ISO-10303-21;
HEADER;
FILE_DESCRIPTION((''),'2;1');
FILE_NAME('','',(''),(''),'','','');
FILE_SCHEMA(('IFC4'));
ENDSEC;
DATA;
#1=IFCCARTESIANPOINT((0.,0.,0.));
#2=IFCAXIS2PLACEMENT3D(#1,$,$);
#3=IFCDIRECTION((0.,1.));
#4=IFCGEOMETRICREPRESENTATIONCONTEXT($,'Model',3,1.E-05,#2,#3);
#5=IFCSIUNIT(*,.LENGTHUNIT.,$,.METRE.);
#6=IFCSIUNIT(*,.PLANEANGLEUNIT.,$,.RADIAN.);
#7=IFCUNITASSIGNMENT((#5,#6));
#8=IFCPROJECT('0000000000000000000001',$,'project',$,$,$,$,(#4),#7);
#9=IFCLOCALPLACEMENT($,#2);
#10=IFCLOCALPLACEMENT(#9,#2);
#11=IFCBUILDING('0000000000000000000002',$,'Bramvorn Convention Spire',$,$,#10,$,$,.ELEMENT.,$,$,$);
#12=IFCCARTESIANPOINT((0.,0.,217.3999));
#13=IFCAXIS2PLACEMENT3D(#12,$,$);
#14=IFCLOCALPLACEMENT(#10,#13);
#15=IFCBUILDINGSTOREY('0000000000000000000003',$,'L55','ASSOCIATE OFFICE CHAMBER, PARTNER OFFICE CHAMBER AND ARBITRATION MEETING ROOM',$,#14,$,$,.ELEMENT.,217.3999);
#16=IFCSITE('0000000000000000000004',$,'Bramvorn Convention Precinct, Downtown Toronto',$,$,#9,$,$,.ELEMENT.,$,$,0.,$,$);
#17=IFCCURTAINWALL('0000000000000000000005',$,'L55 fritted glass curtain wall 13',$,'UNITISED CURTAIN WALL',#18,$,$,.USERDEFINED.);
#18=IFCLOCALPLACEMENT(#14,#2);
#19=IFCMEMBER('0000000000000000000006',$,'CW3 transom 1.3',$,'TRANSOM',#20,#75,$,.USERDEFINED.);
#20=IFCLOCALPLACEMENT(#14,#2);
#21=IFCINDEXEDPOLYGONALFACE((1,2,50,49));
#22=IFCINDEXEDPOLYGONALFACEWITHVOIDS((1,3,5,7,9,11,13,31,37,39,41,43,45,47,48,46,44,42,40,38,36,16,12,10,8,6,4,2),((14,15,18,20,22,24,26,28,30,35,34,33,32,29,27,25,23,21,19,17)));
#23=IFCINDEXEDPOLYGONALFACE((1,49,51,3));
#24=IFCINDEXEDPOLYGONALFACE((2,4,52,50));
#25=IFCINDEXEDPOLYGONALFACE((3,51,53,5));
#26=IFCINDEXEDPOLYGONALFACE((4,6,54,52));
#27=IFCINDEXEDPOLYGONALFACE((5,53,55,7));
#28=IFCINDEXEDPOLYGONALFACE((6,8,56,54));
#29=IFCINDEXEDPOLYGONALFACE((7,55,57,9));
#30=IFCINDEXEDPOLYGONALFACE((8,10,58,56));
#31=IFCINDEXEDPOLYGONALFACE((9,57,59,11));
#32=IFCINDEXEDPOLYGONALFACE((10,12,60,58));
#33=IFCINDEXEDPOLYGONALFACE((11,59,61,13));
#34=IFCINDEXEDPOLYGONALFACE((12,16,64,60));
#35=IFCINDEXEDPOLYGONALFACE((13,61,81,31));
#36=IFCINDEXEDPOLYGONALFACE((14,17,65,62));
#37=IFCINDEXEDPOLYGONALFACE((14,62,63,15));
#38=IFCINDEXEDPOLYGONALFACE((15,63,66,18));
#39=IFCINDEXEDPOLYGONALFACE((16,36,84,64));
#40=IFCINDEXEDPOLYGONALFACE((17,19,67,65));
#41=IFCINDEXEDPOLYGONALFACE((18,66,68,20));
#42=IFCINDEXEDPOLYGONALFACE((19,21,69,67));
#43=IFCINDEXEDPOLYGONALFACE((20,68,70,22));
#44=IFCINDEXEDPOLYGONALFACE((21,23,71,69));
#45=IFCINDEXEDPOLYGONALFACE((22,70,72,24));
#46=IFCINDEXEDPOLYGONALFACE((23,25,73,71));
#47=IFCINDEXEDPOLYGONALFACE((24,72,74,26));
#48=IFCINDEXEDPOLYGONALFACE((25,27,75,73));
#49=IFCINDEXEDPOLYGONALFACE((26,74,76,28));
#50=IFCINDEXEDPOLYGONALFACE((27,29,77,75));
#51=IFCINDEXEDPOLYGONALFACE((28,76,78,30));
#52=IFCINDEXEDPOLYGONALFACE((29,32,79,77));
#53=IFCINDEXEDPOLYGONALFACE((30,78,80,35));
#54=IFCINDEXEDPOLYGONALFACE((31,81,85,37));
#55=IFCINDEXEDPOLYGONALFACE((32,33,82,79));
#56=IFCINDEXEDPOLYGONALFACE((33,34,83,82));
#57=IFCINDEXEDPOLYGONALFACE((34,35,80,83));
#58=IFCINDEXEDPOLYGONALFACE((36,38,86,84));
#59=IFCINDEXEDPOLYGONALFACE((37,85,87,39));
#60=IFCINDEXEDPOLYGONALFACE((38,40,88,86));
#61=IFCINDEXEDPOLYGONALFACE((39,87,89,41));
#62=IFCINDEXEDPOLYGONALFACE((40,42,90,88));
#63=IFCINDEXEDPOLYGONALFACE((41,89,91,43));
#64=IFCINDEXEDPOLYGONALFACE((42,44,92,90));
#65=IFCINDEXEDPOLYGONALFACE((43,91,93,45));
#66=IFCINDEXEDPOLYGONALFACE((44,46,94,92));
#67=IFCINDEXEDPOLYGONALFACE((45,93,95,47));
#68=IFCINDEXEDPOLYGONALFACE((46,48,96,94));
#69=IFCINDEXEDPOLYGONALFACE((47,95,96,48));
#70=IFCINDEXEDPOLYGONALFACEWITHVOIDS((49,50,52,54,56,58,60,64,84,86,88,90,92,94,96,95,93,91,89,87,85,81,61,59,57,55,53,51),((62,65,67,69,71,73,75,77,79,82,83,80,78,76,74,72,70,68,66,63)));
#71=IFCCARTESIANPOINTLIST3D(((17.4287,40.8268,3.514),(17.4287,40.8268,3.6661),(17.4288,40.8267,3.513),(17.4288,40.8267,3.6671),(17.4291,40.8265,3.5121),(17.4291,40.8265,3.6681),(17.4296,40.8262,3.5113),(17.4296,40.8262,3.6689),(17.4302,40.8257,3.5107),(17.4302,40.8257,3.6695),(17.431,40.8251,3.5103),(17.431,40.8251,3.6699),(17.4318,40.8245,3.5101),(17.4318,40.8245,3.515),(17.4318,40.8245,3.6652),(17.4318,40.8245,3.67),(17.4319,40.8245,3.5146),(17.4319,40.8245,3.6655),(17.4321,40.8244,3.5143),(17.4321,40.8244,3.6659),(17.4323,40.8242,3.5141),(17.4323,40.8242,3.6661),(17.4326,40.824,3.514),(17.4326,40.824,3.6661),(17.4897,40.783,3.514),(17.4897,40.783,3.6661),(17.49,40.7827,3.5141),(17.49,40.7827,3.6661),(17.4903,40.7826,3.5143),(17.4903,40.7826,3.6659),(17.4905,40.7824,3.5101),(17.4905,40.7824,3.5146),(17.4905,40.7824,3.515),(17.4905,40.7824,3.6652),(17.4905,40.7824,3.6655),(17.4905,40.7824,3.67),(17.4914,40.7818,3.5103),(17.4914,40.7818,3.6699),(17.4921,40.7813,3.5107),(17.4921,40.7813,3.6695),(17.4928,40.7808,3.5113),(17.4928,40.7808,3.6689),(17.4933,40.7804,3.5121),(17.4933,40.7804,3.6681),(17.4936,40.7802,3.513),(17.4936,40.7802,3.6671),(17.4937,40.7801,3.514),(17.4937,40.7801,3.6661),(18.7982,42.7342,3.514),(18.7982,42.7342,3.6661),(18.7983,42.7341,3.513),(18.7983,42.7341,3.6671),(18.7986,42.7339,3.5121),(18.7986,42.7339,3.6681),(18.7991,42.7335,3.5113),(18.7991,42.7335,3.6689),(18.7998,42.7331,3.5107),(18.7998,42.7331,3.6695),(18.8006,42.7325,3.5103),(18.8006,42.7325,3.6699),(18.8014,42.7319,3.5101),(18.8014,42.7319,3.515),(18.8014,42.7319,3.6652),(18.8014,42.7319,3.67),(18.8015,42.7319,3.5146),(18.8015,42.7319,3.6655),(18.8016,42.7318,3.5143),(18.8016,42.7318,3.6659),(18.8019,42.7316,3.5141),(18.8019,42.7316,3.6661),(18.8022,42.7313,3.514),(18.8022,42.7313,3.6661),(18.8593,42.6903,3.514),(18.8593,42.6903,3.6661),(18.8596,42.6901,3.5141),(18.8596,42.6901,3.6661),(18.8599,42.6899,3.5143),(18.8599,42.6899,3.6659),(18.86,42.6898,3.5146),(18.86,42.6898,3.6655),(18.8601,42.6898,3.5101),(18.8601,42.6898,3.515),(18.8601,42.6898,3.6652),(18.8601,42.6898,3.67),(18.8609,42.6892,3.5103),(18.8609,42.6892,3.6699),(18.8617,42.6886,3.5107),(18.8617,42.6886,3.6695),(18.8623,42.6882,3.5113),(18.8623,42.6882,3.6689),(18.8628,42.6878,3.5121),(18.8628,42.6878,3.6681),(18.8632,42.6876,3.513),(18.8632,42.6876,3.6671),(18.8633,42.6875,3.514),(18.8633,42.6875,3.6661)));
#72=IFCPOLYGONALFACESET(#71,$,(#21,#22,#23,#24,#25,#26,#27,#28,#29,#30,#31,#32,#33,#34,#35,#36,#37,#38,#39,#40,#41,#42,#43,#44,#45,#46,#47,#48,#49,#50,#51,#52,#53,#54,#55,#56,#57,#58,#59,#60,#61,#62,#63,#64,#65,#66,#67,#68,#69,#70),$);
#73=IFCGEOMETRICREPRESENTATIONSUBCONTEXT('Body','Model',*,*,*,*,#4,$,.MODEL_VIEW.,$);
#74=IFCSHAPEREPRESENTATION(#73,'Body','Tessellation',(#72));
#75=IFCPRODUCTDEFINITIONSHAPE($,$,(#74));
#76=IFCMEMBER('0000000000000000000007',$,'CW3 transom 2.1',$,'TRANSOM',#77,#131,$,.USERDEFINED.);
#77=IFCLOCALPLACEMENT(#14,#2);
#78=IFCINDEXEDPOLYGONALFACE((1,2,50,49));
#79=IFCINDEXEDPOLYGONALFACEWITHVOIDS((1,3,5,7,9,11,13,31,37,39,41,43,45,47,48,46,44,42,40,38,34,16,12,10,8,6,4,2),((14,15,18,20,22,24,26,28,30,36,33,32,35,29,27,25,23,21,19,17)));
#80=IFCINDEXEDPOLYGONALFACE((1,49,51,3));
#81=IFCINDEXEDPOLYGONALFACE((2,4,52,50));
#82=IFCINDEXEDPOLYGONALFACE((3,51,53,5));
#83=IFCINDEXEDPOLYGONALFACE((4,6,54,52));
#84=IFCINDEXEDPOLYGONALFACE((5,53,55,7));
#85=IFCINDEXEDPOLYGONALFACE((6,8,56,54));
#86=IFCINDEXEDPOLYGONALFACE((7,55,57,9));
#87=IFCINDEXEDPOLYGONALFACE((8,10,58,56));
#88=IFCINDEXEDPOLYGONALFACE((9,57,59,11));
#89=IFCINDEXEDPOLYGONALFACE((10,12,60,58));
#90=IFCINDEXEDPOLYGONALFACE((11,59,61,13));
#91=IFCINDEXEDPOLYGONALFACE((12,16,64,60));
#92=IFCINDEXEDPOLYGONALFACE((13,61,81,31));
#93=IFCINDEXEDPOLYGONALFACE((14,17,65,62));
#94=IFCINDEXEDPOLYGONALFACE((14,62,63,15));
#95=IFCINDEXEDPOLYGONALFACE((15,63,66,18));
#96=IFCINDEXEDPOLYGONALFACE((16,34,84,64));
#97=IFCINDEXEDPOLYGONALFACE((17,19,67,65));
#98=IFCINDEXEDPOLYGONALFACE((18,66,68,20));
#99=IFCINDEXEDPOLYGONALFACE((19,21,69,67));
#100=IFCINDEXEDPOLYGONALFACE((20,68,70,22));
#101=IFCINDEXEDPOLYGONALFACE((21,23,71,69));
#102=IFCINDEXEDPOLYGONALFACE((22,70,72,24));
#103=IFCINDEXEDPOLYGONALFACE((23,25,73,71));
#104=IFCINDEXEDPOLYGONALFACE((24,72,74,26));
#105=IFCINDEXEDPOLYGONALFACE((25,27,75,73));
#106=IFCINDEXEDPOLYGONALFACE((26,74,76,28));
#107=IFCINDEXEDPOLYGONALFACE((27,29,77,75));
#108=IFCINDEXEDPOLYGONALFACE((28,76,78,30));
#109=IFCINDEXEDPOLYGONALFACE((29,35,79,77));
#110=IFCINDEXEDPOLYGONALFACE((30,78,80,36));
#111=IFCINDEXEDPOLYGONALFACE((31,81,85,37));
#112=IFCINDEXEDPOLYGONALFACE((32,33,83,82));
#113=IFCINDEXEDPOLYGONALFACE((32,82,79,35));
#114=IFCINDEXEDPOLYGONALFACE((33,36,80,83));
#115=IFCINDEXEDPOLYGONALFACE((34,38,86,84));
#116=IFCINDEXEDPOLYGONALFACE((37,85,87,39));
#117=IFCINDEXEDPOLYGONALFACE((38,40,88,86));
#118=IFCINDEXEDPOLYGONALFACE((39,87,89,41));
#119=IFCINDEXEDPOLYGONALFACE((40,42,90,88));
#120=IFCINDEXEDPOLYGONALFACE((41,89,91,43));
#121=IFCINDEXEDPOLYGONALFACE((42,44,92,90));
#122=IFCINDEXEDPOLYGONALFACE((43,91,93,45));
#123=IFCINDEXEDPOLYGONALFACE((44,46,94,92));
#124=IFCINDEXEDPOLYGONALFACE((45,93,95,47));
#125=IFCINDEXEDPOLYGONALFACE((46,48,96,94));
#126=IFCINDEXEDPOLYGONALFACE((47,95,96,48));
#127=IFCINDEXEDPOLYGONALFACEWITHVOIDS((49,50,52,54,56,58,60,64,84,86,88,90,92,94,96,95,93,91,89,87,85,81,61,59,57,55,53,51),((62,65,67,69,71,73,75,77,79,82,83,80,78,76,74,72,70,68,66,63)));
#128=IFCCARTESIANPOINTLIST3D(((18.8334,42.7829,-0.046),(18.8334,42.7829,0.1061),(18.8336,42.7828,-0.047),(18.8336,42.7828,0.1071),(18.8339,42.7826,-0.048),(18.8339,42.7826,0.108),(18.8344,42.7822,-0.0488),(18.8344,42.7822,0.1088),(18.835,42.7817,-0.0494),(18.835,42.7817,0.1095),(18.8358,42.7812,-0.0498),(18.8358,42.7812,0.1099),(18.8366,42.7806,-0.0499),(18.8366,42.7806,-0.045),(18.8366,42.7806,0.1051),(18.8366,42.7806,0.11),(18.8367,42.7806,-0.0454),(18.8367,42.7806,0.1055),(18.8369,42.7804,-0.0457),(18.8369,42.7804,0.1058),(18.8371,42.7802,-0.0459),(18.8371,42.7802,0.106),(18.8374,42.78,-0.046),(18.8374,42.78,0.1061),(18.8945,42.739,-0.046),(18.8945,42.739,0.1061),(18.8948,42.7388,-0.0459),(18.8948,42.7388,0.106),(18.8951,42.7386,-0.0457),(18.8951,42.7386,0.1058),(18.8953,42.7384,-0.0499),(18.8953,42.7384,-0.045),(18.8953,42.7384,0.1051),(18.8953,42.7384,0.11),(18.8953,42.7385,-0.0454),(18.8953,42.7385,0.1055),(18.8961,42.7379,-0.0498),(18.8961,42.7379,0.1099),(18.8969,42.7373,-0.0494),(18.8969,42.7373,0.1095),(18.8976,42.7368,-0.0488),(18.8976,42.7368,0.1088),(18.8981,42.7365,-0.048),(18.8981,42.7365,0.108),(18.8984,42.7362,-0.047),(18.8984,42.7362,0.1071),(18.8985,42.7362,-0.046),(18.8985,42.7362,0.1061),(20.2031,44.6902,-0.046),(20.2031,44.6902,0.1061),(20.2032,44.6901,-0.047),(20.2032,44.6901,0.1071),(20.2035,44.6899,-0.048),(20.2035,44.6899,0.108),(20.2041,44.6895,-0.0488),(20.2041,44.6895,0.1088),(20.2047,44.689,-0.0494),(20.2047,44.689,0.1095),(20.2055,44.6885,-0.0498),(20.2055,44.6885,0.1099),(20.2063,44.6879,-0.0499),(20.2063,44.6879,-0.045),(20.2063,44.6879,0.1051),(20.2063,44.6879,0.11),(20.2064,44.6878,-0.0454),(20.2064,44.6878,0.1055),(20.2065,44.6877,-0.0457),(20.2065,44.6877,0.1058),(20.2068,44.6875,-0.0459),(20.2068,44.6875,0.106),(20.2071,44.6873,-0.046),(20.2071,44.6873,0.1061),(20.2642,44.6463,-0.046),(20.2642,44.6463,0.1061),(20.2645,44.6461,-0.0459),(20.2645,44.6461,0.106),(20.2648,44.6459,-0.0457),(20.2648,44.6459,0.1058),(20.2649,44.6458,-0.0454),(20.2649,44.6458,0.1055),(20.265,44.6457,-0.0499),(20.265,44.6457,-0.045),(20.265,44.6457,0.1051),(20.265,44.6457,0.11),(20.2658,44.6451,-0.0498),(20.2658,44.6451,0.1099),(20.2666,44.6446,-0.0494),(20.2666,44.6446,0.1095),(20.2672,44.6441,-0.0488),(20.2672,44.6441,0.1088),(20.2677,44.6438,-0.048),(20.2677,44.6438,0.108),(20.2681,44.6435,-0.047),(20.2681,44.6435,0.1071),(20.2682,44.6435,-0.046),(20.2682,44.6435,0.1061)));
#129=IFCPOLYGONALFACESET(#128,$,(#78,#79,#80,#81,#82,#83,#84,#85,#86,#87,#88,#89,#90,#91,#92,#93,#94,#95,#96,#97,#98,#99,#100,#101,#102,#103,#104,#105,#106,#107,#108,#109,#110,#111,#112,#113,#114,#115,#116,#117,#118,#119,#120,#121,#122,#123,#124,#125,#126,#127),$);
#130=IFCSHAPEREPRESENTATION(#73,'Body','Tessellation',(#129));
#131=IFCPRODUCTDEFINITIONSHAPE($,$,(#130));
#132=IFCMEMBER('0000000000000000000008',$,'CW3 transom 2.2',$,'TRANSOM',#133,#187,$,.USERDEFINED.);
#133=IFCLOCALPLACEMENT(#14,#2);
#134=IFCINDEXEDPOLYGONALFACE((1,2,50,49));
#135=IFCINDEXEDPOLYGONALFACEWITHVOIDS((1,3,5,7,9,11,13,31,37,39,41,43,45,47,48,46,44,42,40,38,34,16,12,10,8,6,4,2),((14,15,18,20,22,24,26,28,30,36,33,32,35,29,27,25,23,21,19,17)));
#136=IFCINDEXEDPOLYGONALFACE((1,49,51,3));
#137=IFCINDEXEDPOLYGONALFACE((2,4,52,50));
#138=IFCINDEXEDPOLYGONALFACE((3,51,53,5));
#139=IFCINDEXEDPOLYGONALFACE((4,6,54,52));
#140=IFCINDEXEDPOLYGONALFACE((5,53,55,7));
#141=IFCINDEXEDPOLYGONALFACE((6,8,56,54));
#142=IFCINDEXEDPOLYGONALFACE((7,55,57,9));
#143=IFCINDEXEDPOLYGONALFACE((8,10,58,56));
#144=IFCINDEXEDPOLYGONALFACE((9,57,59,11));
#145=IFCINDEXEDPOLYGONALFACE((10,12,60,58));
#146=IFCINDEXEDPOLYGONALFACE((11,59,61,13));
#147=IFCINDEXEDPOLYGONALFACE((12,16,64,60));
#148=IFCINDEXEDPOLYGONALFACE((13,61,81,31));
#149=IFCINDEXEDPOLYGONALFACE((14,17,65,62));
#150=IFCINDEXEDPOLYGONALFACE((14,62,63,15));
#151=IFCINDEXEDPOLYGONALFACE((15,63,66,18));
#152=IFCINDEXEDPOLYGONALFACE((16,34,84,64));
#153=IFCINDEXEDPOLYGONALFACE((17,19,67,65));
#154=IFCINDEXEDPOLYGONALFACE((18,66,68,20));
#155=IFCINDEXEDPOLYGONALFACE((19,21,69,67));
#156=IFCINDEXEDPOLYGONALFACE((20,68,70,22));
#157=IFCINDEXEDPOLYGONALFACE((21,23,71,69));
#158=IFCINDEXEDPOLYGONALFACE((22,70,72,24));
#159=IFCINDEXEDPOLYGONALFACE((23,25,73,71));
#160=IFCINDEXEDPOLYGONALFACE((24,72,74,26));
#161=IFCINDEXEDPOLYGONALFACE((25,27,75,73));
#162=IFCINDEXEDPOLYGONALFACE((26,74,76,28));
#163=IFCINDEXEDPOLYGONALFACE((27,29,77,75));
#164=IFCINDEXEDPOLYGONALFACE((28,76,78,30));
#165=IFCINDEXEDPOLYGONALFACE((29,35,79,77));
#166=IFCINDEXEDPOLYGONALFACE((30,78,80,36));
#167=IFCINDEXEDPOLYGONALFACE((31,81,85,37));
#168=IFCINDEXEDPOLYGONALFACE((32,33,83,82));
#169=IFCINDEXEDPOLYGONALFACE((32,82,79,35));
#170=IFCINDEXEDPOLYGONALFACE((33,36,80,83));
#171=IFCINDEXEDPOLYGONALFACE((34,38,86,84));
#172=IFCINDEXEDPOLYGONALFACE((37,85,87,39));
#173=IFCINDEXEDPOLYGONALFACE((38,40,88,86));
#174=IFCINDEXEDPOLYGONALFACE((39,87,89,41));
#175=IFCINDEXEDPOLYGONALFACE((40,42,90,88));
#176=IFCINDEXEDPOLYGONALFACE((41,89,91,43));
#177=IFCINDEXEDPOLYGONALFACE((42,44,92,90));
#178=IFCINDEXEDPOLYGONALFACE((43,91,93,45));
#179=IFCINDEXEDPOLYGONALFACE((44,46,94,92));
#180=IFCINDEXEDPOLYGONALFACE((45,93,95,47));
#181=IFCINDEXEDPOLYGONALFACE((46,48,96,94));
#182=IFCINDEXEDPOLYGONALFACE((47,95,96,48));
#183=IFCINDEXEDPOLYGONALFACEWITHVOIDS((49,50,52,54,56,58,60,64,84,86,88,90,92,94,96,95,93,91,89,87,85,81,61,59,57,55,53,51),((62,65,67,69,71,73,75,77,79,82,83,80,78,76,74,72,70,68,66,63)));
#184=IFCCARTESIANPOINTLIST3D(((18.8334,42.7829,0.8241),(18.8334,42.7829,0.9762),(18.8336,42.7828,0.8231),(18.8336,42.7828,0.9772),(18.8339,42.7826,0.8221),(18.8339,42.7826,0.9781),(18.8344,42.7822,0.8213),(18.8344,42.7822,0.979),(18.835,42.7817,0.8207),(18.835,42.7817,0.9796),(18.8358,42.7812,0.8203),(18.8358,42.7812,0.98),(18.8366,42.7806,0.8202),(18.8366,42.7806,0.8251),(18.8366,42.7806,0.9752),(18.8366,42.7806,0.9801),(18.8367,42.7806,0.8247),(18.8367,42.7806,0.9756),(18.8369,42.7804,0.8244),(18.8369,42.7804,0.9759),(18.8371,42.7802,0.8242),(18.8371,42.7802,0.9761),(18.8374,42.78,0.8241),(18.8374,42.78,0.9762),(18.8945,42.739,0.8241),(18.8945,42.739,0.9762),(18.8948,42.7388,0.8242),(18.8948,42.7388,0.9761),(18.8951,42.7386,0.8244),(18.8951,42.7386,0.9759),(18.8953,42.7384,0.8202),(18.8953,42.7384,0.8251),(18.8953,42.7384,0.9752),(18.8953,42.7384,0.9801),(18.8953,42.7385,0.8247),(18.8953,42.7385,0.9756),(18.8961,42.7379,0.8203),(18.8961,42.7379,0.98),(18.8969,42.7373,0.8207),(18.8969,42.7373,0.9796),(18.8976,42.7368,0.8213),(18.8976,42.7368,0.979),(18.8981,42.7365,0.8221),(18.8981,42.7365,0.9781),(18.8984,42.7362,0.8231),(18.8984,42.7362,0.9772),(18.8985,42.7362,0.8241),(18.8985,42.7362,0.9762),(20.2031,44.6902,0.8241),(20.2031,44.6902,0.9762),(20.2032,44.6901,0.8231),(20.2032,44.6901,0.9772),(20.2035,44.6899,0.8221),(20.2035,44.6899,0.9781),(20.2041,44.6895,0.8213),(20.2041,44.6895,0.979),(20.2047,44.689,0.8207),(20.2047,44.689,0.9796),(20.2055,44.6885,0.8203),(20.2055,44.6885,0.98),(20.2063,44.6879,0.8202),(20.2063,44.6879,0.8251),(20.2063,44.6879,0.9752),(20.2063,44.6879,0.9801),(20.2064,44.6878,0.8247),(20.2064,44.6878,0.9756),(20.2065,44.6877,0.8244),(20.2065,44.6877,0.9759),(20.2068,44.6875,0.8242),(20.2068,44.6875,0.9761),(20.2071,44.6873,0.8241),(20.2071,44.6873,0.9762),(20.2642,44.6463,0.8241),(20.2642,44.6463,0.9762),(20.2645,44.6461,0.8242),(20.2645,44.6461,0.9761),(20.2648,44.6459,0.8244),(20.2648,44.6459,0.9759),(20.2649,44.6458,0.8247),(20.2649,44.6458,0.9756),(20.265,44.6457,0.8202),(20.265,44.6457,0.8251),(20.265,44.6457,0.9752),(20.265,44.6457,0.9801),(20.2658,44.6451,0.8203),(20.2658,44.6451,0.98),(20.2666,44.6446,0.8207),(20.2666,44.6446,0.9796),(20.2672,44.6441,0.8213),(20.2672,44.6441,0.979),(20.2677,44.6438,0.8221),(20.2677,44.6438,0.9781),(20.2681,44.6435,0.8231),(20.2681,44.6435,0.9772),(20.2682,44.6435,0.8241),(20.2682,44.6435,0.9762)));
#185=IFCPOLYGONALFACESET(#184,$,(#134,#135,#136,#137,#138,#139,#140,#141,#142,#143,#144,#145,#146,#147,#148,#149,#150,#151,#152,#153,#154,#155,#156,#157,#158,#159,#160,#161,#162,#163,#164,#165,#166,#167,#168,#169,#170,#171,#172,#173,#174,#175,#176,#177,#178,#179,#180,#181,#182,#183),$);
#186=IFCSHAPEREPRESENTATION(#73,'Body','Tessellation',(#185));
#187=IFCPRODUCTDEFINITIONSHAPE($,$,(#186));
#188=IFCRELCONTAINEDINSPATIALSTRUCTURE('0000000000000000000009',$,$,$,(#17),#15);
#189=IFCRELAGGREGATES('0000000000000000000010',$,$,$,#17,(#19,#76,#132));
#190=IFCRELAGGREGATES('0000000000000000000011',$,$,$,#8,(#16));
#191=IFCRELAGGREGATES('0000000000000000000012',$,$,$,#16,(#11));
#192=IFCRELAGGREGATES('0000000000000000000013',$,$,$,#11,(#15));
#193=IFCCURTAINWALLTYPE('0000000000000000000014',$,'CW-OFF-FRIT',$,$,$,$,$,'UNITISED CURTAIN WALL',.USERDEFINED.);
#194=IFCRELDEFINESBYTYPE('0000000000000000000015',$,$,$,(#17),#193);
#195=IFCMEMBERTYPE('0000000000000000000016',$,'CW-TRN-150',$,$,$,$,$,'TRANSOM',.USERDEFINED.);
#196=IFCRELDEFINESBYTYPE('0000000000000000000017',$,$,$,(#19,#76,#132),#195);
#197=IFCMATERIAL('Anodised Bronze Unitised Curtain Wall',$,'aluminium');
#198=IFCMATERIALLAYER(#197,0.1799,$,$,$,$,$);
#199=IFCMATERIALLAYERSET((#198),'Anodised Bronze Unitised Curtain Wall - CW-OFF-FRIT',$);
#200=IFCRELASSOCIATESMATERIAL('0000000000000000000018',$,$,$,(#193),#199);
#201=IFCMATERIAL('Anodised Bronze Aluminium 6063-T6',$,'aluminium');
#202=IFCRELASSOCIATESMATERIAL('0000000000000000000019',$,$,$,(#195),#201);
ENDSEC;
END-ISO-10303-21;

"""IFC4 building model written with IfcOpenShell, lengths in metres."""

from ifc_helpers import new_model, si_unit, direction, frame, origin, origin_2d, place, context, subcontext, project, spatial, hollow_rectangle, extrude, material, layer, layer_set, material_profile, profile_set, type_object, element, aggregate, save


model = new_model("IFC4")

# Units and contexts
model_context = context("Model", 3, precision=1e-05, world=origin(), true_north=direction((0.0, 1.0)))
body_context = subcontext(model_context, "Body", "Model", "MODEL_VIEW")
ifc_project = project(units=[si_unit("LENGTHUNIT", "METRE"), si_unit("PLANEANGLEUNIT", "RADIAN")], contexts=[model_context])

# Site, building, storey
site_placement = place(None, origin())
site = spatial("IfcSite", under=ifc_project, at=site_placement, Name="Bramvorn Convention Precinct, Downtown Toronto", CompositionType="ELEMENT", RefElevation=0.0)
building_placement = place(site_placement, origin())
building = spatial("IfcBuilding", under=site, at=building_placement, Name="Bramvorn Convention Spire", CompositionType="ELEMENT")
storey_placement = place(building_placement, frame((0.0, 0.0, 217.3999)))
storey = spatial("IfcBuildingStorey", under=building, at=storey_placement, Name="L55", Description="ASSOCIATE OFFICE CHAMBER, PARTNER OFFICE CHAMBER AND ARBITRATION MEETING ROOM", CompositionType="ELEMENT", Elevation=217.3999)

# Curtain wall
ifc_material_1 = material(Name="Anodised Bronze Unitised Curtain Wall", Category="aluminium")
ifc_layer_1 = layer(ifc_material_1, 0.1799)
ifc_layer_set_1 = layer_set([ifc_layer_1], Name="Anodised Bronze Unitised Curtain Wall - CW-OFF-FRIT")
curtain_wall_type = type_object("IfcCurtainWallType", Name="CW-OFF-FRIT", ElementType="UNITISED CURTAIN WALL", PredefinedType="USERDEFINED", material=ifc_layer_set_1)
curtain_wall_1_placement = place(storey_placement, origin())
curtain_wall_1 = element("IfcCurtainWall", 1, at=curtain_wall_1_placement, inside=storey, type_object=curtain_wall_type, Name="L55 fritted glass curtain wall 13", ObjectType="UNITISED CURTAIN WALL", PredefinedType="USERDEFINED")
ifc_material_2 = material(Name="Anodised Bronze Aluminium 6063-T6", Category="aluminium")

# Members
ifc_material_profile_1 = material_profile(ifc_material_2, hollow_rectangle(XDim=0.0801, YDim=0.1599, WallThickness=0.0039, InnerFilletRadius=0.001, OuterFilletRadius=0.0039, at=origin_2d()))
ifc_profile_set_1 = profile_set([ifc_material_profile_1], Name="Anodised Bronze Aluminium 6063-T6 - CWT80X160")
member_type_1 = type_object("IfcMemberType", Name="CW-TRN-150", ElementType="TRANSOM", PredefinedType="USERDEFINED", material=ifc_profile_set_1)
member_1_placement = place(storey_placement, frame((17.4612, 40.8035, 3.5901), z_axis=(0.583253, 0.812291, 0.0), x_axis=(-0.812291, 0.583253, 0.0)))
member_1 = element("IfcMember", 2, at=member_1_placement, type_object=member_type_1, Name="CW3 transom 1.3", ObjectType="TRANSOM", PredefinedType="USERDEFINED", context=body_context, shape_type="SweptSolid", body=[
    extrude(hollow_rectangle(XDim=0.0801, YDim=0.1599, WallThickness=0.0039, InnerFilletRadius=0.001, OuterFilletRadius=0.0039, at=origin_2d()), origin(), (0.0, 0.0, 1.0), 2.3481),
])
member_2_placement = place(storey_placement, frame((18.866, 42.7595, 0.03), z_axis=(0.583302, 0.812256, 0.0), x_axis=(-0.812256, 0.583302, 0.0)))
member_2 = element("IfcMember", 3, at=member_2_placement, type_object=member_type_1, Name="CW3 transom 2.1", ObjectType="TRANSOM", PredefinedType="USERDEFINED", context=body_context, shape_type="SweptSolid", body=[
    extrude(hollow_rectangle(XDim=0.0801, YDim=0.1599, WallThickness=0.0039, InnerFilletRadius=0.001, OuterFilletRadius=0.0039, at=origin_2d()), origin(), (0.0, 0.0, 1.0), 2.3481),
])
member_3_placement = place(storey_placement, frame((18.866, 42.7595, 0.9001), z_axis=(0.583302, 0.812256, 0.0), x_axis=(-0.812256, 0.583302, 0.0)))
member_3 = element("IfcMember", 4, at=member_3_placement, type_object=member_type_1, Name="CW3 transom 2.2", ObjectType="TRANSOM", PredefinedType="USERDEFINED", context=body_context, shape_type="SweptSolid", body=[
    extrude(hollow_rectangle(XDim=0.0801, YDim=0.1599, WallThickness=0.0039, InnerFilletRadius=0.001, OuterFilletRadius=0.0039, at=origin_2d()), origin(), (0.0, 0.0, 1.0), 2.3481),
])

aggregate(curtain_wall_1, [member_1, member_2, member_3])

save(model, "model.ifc")
